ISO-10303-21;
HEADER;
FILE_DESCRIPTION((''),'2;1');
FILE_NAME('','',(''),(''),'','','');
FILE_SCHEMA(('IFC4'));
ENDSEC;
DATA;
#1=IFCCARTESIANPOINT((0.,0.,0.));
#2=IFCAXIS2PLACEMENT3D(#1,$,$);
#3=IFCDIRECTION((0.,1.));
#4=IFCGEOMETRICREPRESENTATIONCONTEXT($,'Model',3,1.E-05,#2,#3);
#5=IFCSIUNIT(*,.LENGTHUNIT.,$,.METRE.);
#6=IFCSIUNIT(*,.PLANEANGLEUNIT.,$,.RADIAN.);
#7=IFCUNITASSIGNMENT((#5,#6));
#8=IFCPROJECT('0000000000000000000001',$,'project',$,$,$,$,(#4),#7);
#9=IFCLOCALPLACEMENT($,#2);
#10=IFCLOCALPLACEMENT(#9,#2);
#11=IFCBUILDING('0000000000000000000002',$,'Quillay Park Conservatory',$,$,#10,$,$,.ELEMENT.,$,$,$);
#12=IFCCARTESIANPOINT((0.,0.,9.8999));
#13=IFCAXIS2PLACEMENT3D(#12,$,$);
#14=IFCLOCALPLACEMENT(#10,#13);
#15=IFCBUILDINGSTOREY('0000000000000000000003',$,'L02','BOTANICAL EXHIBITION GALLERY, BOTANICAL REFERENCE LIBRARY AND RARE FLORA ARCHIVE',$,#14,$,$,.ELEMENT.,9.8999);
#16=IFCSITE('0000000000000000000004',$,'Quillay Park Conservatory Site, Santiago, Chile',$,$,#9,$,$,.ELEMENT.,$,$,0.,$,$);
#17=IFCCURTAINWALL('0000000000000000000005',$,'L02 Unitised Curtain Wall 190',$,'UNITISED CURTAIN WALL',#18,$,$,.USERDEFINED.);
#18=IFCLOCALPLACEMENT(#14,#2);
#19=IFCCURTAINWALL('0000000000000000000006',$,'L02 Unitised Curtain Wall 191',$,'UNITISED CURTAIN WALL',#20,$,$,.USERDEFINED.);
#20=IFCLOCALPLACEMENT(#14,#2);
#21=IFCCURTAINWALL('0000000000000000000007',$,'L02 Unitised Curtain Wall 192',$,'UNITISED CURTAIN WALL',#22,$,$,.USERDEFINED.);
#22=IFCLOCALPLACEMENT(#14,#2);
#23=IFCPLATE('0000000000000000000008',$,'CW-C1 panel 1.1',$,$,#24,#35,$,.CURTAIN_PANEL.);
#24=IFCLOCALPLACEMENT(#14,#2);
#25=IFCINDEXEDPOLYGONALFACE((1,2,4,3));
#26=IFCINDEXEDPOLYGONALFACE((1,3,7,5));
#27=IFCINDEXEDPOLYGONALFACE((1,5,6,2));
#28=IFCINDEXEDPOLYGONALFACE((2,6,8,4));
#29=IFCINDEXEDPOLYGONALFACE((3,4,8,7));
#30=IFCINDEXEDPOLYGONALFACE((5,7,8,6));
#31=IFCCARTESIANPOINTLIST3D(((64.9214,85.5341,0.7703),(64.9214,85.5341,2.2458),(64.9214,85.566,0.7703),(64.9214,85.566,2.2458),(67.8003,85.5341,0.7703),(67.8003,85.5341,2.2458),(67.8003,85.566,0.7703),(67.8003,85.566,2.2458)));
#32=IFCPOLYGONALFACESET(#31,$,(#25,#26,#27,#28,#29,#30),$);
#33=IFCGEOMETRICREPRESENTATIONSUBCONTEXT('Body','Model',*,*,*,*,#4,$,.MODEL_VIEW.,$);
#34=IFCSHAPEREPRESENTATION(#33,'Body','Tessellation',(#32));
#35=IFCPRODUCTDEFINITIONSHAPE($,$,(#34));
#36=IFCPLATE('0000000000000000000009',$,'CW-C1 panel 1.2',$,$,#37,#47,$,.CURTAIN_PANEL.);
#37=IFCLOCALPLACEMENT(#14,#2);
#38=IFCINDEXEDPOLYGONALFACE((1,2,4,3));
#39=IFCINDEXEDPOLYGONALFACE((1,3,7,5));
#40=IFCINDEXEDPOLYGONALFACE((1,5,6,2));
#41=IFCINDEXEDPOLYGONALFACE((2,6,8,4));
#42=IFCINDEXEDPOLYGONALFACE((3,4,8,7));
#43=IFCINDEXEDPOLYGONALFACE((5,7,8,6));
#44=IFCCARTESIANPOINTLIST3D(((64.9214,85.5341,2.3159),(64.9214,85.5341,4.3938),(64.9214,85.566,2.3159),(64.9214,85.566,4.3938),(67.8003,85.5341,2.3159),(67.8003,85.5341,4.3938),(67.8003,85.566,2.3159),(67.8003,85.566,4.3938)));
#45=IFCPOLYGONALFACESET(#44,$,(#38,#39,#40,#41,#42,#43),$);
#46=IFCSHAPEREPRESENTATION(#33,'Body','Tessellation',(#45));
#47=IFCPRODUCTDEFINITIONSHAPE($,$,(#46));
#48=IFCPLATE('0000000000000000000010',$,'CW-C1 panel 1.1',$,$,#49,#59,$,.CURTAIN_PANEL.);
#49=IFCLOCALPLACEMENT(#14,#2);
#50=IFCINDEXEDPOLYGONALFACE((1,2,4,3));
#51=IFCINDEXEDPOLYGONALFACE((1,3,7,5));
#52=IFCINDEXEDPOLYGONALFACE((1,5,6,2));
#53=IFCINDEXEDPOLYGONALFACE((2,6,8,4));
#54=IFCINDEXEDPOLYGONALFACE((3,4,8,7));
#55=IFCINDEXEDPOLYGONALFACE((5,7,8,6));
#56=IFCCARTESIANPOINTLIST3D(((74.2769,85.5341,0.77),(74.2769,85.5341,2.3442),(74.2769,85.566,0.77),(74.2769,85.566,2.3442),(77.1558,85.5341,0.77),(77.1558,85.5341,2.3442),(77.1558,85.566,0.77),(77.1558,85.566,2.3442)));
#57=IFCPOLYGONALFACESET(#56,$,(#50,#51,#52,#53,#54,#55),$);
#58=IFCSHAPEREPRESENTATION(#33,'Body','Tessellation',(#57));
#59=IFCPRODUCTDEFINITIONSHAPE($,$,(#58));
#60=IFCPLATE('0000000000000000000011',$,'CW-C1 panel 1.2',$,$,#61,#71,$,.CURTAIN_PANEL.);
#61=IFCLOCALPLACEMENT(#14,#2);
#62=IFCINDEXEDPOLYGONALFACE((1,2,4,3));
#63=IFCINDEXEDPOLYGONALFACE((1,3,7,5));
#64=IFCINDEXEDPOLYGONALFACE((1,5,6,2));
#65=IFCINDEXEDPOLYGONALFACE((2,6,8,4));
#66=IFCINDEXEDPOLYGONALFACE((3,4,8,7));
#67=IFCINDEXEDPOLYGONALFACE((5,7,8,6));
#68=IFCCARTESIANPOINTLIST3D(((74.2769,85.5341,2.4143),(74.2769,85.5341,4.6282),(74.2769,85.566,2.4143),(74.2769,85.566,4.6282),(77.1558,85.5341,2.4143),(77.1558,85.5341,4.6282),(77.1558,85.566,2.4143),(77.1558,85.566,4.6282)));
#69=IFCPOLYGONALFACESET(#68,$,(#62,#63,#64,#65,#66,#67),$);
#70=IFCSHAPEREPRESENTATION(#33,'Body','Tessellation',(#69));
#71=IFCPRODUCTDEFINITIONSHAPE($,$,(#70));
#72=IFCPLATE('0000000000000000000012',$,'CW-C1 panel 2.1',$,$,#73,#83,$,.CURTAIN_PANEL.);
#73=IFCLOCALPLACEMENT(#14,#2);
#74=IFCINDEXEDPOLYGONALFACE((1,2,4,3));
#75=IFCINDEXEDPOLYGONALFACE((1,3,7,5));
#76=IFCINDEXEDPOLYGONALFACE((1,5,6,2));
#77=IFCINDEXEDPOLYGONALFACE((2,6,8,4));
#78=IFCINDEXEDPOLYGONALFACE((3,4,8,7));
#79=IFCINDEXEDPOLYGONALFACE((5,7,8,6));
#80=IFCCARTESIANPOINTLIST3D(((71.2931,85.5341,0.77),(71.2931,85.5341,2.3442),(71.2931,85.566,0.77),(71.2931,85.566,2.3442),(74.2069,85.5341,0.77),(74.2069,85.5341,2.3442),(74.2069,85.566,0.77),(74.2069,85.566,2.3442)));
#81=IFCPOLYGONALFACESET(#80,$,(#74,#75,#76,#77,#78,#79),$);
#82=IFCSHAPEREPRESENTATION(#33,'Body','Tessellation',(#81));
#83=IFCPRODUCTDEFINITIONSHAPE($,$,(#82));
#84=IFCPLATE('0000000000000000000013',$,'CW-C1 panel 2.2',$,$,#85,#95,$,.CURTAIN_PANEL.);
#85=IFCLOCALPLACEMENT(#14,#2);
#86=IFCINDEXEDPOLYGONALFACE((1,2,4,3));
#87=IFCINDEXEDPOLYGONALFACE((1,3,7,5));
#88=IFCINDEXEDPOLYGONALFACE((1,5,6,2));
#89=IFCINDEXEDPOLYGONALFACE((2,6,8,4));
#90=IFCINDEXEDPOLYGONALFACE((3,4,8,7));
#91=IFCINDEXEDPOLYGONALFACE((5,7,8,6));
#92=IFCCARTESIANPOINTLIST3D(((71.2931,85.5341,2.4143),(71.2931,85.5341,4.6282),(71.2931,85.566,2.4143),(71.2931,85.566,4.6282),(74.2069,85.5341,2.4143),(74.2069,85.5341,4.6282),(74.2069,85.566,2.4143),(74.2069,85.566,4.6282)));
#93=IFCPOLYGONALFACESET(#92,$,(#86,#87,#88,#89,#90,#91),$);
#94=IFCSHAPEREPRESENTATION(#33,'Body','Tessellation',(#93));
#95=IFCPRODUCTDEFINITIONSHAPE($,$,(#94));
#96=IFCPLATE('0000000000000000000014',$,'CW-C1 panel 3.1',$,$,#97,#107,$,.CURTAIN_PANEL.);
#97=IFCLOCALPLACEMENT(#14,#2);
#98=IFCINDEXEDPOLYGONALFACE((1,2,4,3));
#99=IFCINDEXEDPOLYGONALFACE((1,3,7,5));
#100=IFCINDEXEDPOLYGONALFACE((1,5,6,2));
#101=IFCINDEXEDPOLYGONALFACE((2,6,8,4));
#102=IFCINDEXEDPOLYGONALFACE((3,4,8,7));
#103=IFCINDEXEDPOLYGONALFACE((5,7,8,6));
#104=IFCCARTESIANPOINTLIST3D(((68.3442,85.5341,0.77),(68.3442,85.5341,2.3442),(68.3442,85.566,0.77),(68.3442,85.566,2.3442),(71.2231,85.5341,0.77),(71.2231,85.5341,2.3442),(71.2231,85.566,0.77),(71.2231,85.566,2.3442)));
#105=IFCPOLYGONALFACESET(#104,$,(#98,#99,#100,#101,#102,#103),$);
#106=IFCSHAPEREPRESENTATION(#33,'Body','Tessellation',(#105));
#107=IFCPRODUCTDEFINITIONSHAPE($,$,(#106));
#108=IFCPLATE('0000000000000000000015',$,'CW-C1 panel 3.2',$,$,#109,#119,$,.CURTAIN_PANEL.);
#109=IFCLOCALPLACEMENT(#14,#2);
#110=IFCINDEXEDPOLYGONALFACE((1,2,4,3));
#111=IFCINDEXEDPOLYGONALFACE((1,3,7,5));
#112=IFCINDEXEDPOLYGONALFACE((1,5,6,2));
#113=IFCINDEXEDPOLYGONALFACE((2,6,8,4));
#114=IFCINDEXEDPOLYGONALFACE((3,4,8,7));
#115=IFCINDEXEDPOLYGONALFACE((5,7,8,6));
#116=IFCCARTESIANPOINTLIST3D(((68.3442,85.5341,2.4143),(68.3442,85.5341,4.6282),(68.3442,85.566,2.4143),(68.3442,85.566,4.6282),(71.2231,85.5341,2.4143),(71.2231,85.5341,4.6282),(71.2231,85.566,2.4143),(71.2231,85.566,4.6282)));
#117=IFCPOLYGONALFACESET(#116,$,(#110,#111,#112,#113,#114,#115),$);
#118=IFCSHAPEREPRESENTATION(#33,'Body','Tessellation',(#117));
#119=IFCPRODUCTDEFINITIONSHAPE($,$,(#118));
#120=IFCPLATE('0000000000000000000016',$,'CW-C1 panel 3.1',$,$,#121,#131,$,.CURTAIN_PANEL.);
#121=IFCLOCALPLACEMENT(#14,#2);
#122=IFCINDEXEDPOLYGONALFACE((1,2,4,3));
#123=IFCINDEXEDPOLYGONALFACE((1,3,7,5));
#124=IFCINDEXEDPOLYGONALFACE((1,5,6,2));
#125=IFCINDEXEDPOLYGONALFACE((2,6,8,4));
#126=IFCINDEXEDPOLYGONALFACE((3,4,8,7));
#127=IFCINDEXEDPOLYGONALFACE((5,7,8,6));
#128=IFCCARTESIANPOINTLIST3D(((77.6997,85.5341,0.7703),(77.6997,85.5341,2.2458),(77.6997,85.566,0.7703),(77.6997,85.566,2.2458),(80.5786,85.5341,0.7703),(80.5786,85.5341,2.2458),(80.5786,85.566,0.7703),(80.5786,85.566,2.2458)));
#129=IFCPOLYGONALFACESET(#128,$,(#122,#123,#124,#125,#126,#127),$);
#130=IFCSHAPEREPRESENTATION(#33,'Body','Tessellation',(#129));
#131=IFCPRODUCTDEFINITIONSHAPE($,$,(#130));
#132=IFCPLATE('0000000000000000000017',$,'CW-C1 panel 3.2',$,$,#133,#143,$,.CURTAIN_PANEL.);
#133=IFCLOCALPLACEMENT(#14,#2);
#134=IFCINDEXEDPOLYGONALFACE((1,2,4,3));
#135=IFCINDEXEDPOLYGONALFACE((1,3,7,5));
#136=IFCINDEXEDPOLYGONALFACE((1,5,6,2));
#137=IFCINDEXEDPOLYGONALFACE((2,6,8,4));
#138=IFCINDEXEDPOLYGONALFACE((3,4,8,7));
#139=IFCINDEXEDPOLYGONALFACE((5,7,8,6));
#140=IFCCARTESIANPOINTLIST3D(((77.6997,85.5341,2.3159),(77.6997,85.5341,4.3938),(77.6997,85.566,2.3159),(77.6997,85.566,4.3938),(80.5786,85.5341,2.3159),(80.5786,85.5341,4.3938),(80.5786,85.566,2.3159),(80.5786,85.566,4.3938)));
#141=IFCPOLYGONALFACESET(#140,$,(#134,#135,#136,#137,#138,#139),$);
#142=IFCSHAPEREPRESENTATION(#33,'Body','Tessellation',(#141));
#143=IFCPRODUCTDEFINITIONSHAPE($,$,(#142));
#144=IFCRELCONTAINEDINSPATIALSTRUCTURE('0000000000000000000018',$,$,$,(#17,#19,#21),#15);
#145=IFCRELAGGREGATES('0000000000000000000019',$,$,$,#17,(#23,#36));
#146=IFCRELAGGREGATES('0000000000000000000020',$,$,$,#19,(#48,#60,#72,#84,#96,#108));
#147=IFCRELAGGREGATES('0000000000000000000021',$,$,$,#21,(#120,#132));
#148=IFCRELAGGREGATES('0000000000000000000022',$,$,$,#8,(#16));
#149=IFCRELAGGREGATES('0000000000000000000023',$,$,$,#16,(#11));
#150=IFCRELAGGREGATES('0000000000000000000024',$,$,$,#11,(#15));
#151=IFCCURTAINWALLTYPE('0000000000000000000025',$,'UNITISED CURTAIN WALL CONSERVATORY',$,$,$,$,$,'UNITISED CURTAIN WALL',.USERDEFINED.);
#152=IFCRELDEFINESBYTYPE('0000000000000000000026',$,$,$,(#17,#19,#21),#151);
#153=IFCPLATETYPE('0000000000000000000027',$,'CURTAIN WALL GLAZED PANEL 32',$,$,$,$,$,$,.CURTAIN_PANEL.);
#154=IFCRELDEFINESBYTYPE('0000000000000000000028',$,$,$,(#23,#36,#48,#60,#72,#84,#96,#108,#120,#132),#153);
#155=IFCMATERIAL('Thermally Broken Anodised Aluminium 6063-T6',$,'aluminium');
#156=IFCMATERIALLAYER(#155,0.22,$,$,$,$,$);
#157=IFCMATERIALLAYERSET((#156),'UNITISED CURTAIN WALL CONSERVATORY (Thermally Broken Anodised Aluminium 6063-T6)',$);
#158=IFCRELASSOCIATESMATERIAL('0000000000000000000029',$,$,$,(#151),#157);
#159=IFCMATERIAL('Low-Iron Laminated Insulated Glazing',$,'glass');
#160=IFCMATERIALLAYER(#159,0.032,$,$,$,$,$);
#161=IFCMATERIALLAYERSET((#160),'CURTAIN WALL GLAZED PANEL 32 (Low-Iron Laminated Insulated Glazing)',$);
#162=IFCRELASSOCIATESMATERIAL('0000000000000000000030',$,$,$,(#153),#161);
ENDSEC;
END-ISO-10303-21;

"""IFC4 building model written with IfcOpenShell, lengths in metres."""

from ifc_helpers import new_model, si_unit, direction, frame, origin, origin_2d, place, context, subcontext, project, spatial, rectangle, extrude, material, layer, layer_set, type_object, element, aggregate, save


model = new_model("IFC4")

# Units and contexts
model_context = context("Model", 3, precision=1e-05, world=origin(), true_north=direction((0.0, 1.0)))
body_context = subcontext(model_context, "Body", "Model", "MODEL_VIEW")
ifc_project = project(units=[si_unit("LENGTHUNIT", "METRE"), si_unit("PLANEANGLEUNIT", "RADIAN")], contexts=[model_context])

# Site, building, storey
site_placement = place(None, origin())
site = spatial("IfcSite", under=ifc_project, at=site_placement, Name="Quillay Park Conservatory Site, Santiago, Chile", CompositionType="ELEMENT", RefElevation=0.0)
building_placement = place(site_placement, origin())
building = spatial("IfcBuilding", under=site, at=building_placement, Name="Quillay Park Conservatory", CompositionType="ELEMENT")
storey_placement = place(building_placement, frame((0.0, 0.0, 9.8999)))
storey = spatial("IfcBuildingStorey", under=building, at=storey_placement, Name="L02", Description="BOTANICAL EXHIBITION GALLERY, BOTANICAL REFERENCE LIBRARY AND RARE FLORA ARCHIVE", CompositionType="ELEMENT", Elevation=9.8999)

# Curtain walls
ifc_material_1 = material(Name="Thermally Broken Anodised Aluminium 6063-T6", Category="aluminium")
ifc_layer_1 = layer(ifc_material_1, 0.22)
ifc_layer_set_1 = layer_set([ifc_layer_1], Name="UNITISED CURTAIN WALL CONSERVATORY (Thermally Broken Anodised Aluminium 6063-T6)")
curtain_wall_type = type_object("IfcCurtainWallType", Name="UNITISED CURTAIN WALL CONSERVATORY", ElementType="UNITISED CURTAIN WALL", PredefinedType="USERDEFINED", material=ifc_layer_set_1)
curtain_wall_1_placement = place(storey_placement, origin())
curtain_wall_1 = element("IfcCurtainWall", 1, at=curtain_wall_1_placement, inside=storey, type_object=curtain_wall_type, Name="L02 Unitised Curtain Wall 190", ObjectType="UNITISED CURTAIN WALL", PredefinedType="USERDEFINED")
curtain_wall_2_placement = place(storey_placement, origin())
curtain_wall_2 = element("IfcCurtainWall", 2, at=curtain_wall_2_placement, inside=storey, type_object=curtain_wall_type, Name="L02 Unitised Curtain Wall 191", ObjectType="UNITISED CURTAIN WALL", PredefinedType="USERDEFINED")

# Curtain wall
curtain_wall_3_placement = place(storey_placement, origin())
curtain_wall_3 = element("IfcCurtainWall", 3, at=curtain_wall_3_placement, inside=storey, type_object=curtain_wall_type, Name="L02 Unitised Curtain Wall 192", ObjectType="UNITISED CURTAIN WALL", PredefinedType="USERDEFINED")

# Plates
ifc_material_2 = material(Name="Low-Iron Laminated Insulated Glazing", Category="glass")
ifc_layer_2 = layer(ifc_material_2, 0.032)
ifc_layer_set_2 = layer_set([ifc_layer_2], Name="CURTAIN WALL GLAZED PANEL 32 (Low-Iron Laminated Insulated Glazing)")
plate_type = type_object("IfcPlateType", Name="CURTAIN WALL GLAZED PANEL 32", PredefinedType="CURTAIN_PANEL", material=ifc_layer_set_2)
plate_1_placement = place(storey_placement, frame((66.3608, 85.55, 0.7703), z_axis=(0.0, 0.0, 1.0), x_axis=(-1.0, 0.0, 0.0)))
plate_1 = element("IfcPlate", 4, at=plate_1_placement, type_object=plate_type, Name="CW-C1 panel 1.1", PredefinedType="CURTAIN_PANEL", context=body_context, shape_type="SweptSolid", body=[
    extrude(rectangle(XDim=2.8789, YDim=0.032, at=origin_2d()), origin(), (0.0, 0.0, 1.0), 1.4756),
])
plate_2_placement = place(storey_placement, frame((66.3608, 85.55, 2.3159), z_axis=(0.0, 0.0, 1.0), x_axis=(-1.0, 0.0, 0.0)))
plate_2 = element("IfcPlate", 5, at=plate_2_placement, type_object=plate_type, Name="CW-C1 panel 1.2", PredefinedType="CURTAIN_PANEL", context=body_context, shape_type="SweptSolid", body=[
    extrude(rectangle(XDim=2.8789, YDim=0.032, at=origin_2d()), origin(), (0.0, 0.0, 1.0), 2.0779),
])
aggregate(curtain_wall_1, [plate_1, plate_2])
plate_3_placement = place(storey_placement, frame((75.7163, 85.55, 0.77), z_axis=(0.0, 0.0, 1.0), x_axis=(-1.0, 0.0, 0.0)))
plate_3 = element("IfcPlate", 6, at=plate_3_placement, type_object=plate_type, Name="CW-C1 panel 1.1", PredefinedType="CURTAIN_PANEL", context=body_context, shape_type="SweptSolid", body=[
    extrude(rectangle(XDim=2.8789, YDim=0.032, at=origin_2d()), origin(), (0.0, 0.0, 1.0), 1.5742),
])
plate_4_placement = place(storey_placement, frame((75.7163, 85.55, 2.4143), z_axis=(0.0, 0.0, 1.0), x_axis=(-1.0, 0.0, 0.0)))
plate_4 = element("IfcPlate", 7, at=plate_4_placement, type_object=plate_type, Name="CW-C1 panel 1.2", PredefinedType="CURTAIN_PANEL", context=body_context, shape_type="SweptSolid", body=[
    extrude(rectangle(XDim=2.8789, YDim=0.032, at=origin_2d()), origin(), (0.0, 0.0, 1.0), 2.2139),
])
plate_5_placement = place(storey_placement, frame((72.75, 85.55, 0.77), z_axis=(0.0, 0.0, 1.0), x_axis=(-1.0, 0.0, 0.0)))
plate_5 = element("IfcPlate", 8, at=plate_5_placement, type_object=plate_type, Name="CW-C1 panel 2.1", PredefinedType="CURTAIN_PANEL", context=body_context, shape_type="SweptSolid", body=[
    extrude(rectangle(XDim=2.9138, YDim=0.032, at=origin_2d()), origin(), (0.0, 0.0, 1.0), 1.5742),
])
plate_6_placement = place(storey_placement, frame((72.75, 85.55, 2.4143), z_axis=(0.0, 0.0, 1.0), x_axis=(-1.0, 0.0, 0.0)))
plate_6 = element("IfcPlate", 9, at=plate_6_placement, type_object=plate_type, Name="CW-C1 panel 2.2", PredefinedType="CURTAIN_PANEL", context=body_context, shape_type="SweptSolid", body=[
    extrude(rectangle(XDim=2.9138, YDim=0.032, at=origin_2d()), origin(), (0.0, 0.0, 1.0), 2.2139),
])
plate_7_placement = place(storey_placement, frame((69.7837, 85.55, 0.77), z_axis=(0.0, 0.0, 1.0), x_axis=(-1.0, 0.0, 0.0)))
plate_7 = element("IfcPlate", 10, at=plate_7_placement, type_object=plate_type, Name="CW-C1 panel 3.1", PredefinedType="CURTAIN_PANEL", context=body_context, shape_type="SweptSolid", body=[
    extrude(rectangle(XDim=2.8789, YDim=0.032, at=origin_2d()), origin(), (0.0, 0.0, 1.0), 1.5742),
])
plate_8_placement = place(storey_placement, frame((69.7837, 85.55, 2.4143), z_axis=(0.0, 0.0, 1.0), x_axis=(-1.0, 0.0, 0.0)))
plate_8 = element("IfcPlate", 11, at=plate_8_placement, type_object=plate_type, Name="CW-C1 panel 3.2", PredefinedType="CURTAIN_PANEL", context=body_context, shape_type="SweptSolid", body=[
    extrude(rectangle(XDim=2.8789, YDim=0.032, at=origin_2d()), origin(), (0.0, 0.0, 1.0), 2.2139),
])
aggregate(curtain_wall_2, [plate_3, plate_4, plate_5, plate_6, plate_7, plate_8])
plate_9_placement = place(storey_placement, frame((79.1392, 85.55, 0.7703), z_axis=(0.0, 0.0, 1.0), x_axis=(-1.0, 0.0, 0.0)))
plate_9 = element("IfcPlate", 12, at=plate_9_placement, type_object=plate_type, Name="CW-C1 panel 3.1", PredefinedType="CURTAIN_PANEL", context=body_context, shape_type="SweptSolid", body=[
    extrude(rectangle(XDim=2.8789, YDim=0.032, at=origin_2d()), origin(), (0.0, 0.0, 1.0), 1.4756),
])
plate_10_placement = place(storey_placement, frame((79.1392, 85.55, 2.3159), z_axis=(0.0, 0.0, 1.0), x_axis=(-1.0, 0.0, 0.0)))
plate_10 = element("IfcPlate", 13, at=plate_10_placement, type_object=plate_type, Name="CW-C1 panel 3.2", PredefinedType="CURTAIN_PANEL", context=body_context, shape_type="SweptSolid", body=[
    extrude(rectangle(XDim=2.8789, YDim=0.032, at=origin_2d()), origin(), (0.0, 0.0, 1.0), 2.0779),
])
aggregate(curtain_wall_3, [plate_9, plate_10])

save(model, "model.ifc")
